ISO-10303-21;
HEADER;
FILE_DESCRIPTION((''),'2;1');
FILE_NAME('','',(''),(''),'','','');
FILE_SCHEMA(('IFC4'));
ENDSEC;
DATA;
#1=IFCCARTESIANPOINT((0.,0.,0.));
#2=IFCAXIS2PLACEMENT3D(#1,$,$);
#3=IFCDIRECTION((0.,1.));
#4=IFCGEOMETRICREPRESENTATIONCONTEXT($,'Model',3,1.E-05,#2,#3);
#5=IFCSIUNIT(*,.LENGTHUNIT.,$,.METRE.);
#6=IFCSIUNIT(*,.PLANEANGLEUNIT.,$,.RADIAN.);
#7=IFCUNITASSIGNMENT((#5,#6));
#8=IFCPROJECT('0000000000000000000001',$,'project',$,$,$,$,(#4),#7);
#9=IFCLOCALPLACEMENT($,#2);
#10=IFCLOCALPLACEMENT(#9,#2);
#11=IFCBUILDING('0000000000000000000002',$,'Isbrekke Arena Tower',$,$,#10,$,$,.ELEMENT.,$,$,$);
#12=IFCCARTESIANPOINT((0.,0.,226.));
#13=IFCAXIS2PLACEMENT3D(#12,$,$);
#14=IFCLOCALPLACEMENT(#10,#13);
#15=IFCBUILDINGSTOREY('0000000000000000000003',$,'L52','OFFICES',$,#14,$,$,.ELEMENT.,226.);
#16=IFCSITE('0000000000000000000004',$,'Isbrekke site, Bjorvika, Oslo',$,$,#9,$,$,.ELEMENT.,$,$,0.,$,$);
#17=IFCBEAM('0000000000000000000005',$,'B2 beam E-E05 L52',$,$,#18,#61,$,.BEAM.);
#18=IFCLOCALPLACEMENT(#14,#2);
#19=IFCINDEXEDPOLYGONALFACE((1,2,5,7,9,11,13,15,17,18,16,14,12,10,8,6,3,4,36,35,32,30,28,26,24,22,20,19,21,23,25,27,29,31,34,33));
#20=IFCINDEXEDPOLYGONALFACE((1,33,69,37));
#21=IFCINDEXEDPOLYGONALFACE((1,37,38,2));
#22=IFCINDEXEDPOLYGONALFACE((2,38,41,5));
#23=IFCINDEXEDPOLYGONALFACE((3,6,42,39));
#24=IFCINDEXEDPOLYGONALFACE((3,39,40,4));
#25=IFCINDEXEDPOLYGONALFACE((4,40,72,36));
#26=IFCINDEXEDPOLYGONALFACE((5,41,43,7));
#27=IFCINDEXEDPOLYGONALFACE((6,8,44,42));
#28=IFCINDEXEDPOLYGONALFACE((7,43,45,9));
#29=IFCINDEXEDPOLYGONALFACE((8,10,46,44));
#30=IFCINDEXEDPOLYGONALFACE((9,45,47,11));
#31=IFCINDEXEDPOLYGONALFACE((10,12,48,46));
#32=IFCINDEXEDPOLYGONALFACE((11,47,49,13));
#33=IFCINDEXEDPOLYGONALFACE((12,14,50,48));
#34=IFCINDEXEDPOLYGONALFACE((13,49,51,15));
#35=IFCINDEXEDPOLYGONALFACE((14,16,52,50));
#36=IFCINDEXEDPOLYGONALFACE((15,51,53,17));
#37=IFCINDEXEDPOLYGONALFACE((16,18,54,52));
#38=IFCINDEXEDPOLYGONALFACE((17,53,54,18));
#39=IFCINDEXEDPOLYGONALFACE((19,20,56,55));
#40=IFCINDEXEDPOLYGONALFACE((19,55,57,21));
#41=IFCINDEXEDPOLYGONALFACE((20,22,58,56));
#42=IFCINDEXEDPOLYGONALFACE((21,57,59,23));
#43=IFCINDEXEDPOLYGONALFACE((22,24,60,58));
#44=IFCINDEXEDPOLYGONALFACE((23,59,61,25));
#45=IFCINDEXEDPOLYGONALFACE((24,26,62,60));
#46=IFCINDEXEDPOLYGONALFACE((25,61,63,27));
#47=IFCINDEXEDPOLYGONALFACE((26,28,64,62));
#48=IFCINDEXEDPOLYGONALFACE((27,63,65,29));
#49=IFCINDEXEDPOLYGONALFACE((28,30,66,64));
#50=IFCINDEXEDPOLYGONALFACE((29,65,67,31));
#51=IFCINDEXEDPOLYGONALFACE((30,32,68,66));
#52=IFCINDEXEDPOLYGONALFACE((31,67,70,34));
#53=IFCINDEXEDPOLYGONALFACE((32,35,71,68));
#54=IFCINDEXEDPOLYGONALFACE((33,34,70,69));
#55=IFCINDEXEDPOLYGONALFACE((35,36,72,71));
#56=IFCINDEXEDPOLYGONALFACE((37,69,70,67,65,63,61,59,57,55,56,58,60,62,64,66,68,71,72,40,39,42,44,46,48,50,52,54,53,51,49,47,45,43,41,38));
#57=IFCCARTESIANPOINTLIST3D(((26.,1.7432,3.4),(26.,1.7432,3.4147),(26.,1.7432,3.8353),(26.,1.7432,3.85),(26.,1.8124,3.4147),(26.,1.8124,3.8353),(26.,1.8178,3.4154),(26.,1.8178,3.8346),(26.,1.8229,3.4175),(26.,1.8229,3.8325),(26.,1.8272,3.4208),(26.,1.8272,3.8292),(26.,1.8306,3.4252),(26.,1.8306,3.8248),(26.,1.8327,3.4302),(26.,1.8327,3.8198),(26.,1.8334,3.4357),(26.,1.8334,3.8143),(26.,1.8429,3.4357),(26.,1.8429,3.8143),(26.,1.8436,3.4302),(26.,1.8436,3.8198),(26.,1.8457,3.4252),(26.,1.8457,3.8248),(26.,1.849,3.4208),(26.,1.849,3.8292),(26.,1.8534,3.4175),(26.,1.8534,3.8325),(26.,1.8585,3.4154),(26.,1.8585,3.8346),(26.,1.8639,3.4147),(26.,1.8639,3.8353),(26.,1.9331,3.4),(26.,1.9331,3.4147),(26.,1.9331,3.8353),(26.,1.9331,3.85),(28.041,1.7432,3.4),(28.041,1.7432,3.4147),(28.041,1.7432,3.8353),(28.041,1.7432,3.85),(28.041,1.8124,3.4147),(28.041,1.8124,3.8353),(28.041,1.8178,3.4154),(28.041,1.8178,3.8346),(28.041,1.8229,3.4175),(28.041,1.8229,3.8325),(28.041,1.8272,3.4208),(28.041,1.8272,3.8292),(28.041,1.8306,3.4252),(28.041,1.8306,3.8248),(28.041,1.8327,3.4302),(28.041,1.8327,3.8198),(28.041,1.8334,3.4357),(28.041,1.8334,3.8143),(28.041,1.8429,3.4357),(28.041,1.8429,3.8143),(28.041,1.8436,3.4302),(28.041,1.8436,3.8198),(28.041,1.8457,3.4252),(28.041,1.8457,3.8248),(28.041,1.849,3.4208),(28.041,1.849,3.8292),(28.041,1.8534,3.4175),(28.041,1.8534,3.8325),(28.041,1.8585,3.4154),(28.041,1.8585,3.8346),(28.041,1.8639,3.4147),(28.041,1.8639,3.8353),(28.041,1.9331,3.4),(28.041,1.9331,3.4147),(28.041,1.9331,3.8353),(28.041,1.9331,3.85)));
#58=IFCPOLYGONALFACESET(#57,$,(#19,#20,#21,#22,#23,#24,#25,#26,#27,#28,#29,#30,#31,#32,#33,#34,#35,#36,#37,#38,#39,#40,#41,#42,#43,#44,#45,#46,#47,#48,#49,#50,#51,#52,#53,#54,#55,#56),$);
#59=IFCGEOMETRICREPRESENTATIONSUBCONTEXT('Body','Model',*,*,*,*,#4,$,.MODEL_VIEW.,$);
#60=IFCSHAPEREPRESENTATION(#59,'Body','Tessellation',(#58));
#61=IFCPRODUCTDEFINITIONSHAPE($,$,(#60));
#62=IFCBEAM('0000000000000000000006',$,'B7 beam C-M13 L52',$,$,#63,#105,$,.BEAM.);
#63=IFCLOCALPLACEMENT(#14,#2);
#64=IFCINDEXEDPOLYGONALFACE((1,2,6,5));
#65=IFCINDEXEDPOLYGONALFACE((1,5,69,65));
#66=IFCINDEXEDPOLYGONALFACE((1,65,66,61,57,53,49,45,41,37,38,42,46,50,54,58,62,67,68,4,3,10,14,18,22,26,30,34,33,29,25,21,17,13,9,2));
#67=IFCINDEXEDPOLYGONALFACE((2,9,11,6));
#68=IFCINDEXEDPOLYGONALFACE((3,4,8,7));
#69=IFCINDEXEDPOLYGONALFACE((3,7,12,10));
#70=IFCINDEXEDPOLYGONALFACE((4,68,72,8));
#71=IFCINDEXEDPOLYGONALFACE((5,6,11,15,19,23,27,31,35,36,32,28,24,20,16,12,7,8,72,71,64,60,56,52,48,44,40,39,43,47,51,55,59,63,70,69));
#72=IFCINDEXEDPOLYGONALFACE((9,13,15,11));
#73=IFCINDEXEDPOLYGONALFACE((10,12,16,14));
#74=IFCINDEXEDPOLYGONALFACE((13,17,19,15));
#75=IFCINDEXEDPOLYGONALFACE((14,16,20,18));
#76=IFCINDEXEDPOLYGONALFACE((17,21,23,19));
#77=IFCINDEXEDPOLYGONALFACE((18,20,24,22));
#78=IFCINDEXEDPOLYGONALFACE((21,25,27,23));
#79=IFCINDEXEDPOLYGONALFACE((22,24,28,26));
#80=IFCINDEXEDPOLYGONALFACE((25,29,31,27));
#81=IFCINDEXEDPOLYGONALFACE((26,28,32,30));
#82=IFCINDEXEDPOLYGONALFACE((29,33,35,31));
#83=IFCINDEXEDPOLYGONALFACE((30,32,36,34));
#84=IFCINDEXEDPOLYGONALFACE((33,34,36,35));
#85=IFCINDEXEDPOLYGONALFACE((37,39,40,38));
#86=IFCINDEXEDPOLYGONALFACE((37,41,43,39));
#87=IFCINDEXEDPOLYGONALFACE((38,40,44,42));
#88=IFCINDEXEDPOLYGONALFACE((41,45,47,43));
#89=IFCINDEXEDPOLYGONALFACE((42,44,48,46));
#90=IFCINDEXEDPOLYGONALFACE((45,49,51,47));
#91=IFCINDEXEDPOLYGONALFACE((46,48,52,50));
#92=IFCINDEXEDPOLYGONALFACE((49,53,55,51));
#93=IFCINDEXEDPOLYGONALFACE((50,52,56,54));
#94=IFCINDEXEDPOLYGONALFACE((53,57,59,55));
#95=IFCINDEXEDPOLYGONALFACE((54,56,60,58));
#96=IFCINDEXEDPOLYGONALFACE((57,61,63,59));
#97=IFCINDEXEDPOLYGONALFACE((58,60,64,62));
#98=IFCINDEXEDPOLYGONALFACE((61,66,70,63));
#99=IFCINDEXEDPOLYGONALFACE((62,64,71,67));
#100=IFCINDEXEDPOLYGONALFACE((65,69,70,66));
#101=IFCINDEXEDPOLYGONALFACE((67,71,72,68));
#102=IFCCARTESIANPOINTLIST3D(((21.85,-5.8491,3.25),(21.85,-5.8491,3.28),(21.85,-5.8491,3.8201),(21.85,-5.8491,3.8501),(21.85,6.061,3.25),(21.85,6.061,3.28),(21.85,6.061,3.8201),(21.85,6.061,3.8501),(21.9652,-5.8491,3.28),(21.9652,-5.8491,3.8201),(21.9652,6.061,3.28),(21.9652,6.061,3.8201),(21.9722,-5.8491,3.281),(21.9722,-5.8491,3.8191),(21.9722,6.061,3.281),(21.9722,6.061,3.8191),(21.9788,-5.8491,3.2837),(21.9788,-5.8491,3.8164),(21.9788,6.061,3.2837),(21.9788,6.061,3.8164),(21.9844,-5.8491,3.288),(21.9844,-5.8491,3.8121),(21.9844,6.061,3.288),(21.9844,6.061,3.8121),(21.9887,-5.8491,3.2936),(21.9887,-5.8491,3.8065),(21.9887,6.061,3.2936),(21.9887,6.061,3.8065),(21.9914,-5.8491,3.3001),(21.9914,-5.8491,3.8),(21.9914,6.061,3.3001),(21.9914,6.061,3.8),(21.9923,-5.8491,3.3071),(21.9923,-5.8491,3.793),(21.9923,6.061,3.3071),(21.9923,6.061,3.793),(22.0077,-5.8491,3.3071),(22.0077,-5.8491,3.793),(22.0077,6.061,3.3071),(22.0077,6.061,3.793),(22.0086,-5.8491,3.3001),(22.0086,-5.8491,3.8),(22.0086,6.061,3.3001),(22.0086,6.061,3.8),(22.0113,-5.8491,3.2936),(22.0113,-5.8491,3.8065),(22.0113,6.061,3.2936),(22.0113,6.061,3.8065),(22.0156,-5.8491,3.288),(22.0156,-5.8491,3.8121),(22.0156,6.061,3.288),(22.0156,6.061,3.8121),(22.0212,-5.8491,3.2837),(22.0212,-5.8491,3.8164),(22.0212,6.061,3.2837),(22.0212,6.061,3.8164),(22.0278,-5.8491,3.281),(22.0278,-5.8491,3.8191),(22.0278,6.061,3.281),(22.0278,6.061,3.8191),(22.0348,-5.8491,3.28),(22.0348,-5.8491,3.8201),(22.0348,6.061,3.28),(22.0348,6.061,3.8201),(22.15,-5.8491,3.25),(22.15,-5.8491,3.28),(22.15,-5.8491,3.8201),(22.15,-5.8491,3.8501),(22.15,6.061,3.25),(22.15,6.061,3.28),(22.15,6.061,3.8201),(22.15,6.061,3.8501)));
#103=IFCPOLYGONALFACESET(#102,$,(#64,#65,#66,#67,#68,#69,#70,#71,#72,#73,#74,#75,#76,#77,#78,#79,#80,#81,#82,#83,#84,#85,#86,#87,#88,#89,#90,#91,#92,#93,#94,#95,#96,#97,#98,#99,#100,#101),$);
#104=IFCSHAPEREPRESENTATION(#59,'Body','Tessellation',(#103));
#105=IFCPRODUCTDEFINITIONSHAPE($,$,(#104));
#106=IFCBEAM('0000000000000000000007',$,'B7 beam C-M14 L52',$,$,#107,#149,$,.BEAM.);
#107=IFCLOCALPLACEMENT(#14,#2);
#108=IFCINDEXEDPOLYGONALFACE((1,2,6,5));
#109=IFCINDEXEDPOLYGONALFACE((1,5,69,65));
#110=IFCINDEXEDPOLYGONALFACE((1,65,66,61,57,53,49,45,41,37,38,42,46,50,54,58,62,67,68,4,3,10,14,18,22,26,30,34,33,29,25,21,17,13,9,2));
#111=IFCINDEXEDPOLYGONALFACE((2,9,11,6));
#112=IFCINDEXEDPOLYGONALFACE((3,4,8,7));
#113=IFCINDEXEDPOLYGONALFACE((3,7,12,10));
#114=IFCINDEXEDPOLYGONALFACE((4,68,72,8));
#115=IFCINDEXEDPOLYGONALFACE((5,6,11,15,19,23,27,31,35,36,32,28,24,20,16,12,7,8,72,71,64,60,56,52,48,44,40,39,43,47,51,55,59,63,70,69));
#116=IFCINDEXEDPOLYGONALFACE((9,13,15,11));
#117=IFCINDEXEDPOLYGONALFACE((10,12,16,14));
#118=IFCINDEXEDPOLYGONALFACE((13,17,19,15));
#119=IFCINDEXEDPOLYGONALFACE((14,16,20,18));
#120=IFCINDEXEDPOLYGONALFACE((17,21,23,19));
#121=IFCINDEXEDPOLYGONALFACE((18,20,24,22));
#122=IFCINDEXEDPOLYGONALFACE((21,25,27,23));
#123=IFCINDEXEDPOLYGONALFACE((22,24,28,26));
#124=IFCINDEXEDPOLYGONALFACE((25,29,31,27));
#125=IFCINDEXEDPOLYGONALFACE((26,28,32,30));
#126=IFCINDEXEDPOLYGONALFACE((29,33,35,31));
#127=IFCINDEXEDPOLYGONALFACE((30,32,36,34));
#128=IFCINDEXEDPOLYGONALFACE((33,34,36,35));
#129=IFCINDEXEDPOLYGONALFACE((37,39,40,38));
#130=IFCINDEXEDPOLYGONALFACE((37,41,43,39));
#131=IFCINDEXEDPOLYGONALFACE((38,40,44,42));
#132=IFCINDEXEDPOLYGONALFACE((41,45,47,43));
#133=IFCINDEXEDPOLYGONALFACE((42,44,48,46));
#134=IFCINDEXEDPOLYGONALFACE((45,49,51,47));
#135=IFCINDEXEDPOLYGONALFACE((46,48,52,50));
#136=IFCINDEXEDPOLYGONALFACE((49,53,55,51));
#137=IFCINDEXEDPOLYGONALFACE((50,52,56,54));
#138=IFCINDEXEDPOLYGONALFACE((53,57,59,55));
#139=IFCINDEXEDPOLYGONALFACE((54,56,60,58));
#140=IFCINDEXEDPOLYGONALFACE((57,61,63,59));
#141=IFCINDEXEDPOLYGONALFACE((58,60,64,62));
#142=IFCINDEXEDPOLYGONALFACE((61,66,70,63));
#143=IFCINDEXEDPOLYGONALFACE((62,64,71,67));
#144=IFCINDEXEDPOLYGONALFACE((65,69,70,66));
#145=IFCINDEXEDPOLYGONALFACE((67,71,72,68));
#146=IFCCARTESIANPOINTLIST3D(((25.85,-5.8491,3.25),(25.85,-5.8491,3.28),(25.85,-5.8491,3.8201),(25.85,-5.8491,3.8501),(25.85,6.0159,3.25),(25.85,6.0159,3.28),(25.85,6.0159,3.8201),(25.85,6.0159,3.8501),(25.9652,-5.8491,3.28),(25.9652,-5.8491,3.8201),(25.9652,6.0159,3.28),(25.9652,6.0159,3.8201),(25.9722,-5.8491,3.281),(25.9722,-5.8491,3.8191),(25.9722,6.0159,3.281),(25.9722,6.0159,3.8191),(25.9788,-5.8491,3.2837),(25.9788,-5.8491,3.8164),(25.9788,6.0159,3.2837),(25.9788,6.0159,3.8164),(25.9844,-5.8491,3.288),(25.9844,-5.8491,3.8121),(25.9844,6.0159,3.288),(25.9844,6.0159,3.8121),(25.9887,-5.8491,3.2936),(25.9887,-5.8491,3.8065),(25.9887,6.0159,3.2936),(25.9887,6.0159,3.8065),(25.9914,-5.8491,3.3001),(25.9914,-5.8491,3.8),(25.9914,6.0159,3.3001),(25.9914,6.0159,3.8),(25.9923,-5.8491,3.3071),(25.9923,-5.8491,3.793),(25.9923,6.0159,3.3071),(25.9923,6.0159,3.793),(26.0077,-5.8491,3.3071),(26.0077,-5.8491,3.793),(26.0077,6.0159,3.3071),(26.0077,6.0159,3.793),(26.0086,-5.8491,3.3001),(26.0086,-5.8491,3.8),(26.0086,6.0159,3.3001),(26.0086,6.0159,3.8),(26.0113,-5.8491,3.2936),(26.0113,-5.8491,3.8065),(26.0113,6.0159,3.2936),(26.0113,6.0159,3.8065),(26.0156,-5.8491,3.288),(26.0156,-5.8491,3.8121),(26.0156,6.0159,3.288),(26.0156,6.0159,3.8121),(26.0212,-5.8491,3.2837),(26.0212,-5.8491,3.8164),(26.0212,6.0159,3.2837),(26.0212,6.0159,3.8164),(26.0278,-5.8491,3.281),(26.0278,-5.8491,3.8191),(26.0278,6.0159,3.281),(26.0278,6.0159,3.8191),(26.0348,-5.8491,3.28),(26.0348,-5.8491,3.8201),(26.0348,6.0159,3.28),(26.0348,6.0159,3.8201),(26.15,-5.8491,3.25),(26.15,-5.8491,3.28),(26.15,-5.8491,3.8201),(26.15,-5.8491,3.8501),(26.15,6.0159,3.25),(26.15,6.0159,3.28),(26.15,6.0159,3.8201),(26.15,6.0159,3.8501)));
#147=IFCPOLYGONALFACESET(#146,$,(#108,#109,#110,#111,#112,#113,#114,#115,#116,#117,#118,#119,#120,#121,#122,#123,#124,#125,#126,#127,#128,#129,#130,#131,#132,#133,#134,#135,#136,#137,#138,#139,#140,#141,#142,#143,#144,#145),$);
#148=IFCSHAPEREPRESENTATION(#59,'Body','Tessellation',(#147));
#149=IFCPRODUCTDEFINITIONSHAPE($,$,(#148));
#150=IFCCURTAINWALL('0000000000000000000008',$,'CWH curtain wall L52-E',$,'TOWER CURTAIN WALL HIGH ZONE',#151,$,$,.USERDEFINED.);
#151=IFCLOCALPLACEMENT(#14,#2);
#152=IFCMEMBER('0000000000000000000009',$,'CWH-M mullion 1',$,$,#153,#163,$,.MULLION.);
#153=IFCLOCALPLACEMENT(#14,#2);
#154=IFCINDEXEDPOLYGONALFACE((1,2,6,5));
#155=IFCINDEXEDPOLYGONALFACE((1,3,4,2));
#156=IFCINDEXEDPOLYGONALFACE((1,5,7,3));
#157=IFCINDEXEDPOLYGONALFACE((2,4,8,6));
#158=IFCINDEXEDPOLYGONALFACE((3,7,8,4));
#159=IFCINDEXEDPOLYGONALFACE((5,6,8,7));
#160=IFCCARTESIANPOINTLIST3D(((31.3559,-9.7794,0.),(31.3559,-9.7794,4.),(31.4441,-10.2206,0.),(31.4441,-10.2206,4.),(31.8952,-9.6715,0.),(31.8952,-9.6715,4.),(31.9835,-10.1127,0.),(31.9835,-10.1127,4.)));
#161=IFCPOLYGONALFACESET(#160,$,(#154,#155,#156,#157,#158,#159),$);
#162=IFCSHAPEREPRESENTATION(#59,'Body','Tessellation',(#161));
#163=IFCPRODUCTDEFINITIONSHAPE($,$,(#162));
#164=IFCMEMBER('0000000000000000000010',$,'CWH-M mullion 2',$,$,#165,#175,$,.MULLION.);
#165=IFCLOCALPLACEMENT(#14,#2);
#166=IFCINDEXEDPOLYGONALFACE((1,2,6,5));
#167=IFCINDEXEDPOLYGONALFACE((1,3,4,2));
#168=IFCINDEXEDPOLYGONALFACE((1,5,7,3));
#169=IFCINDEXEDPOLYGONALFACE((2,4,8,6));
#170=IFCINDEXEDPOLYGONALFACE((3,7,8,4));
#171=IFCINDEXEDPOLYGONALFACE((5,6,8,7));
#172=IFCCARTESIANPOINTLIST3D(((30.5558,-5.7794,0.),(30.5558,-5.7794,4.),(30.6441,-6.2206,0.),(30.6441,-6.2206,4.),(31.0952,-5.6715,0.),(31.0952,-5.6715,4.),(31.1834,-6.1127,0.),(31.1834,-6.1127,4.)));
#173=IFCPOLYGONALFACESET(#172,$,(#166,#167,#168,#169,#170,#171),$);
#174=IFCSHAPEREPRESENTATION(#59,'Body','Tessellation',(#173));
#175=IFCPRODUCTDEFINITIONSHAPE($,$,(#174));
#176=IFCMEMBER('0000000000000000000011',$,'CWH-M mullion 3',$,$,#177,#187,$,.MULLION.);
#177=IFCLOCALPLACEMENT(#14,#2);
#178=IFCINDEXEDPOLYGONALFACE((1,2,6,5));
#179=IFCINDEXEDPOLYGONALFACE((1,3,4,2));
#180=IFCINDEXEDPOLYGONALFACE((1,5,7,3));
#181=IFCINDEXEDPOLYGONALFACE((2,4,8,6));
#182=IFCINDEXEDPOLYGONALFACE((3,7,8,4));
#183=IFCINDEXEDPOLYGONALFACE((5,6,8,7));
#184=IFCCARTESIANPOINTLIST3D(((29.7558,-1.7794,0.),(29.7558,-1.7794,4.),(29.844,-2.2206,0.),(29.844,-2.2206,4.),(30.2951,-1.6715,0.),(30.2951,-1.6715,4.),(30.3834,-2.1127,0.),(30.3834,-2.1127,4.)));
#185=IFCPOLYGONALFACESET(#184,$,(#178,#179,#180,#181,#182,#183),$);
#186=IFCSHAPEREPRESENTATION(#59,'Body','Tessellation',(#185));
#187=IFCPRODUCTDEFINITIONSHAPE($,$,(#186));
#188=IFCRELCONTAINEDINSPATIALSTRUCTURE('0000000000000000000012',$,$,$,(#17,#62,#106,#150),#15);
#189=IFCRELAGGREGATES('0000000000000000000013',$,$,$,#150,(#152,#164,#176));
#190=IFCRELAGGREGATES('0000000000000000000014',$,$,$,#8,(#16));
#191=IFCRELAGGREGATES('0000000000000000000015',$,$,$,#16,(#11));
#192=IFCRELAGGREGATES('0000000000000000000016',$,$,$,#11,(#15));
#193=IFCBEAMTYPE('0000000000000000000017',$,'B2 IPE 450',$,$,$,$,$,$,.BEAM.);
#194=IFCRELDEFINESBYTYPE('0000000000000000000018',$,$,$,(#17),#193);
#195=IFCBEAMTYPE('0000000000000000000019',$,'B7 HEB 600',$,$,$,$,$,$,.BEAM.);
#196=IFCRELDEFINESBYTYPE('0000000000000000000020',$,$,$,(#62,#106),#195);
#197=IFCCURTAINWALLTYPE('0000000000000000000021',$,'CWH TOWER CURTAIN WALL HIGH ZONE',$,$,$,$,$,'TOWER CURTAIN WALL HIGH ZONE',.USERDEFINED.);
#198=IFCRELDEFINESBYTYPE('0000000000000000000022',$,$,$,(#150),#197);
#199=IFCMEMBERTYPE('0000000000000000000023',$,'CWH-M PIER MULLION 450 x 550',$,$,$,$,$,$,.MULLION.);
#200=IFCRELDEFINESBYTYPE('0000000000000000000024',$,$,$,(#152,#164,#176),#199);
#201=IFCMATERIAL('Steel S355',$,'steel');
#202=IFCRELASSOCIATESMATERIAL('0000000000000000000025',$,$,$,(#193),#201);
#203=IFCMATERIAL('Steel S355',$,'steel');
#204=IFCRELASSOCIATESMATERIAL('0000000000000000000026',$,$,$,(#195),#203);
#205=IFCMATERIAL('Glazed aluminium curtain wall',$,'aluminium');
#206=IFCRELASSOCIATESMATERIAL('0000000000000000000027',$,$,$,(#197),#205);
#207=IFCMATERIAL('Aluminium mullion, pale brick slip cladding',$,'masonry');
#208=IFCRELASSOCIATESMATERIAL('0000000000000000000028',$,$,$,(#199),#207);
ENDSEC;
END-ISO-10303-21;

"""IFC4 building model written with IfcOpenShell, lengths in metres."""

from ifc_helpers import new_model, si_unit, direction, frame, origin, origin_2d, place, context, subcontext, project, spatial, rectangle, i_section, extrude, material, material_profile, profile_set, type_object, element, aggregate, save


model = new_model("IFC4")

# Units and contexts
model_context = context("Model", 3, precision=1e-05, world=origin(), true_north=direction((0.0, 1.0)))
body_context = subcontext(model_context, "Body", "Model", "MODEL_VIEW")
ifc_project = project(units=[si_unit("LENGTHUNIT", "METRE"), si_unit("PLANEANGLEUNIT", "RADIAN")], contexts=[model_context])

# Site, building, storey
site_placement = place(None, origin())
site = spatial("IfcSite", under=ifc_project, at=site_placement, Name="Isbrekke site, Bjorvika, Oslo", CompositionType="ELEMENT", RefElevation=0.0)
building_placement = place(site_placement, origin())
building = spatial("IfcBuilding", under=site, at=building_placement, Name="Isbrekke Arena Tower", CompositionType="ELEMENT")
storey_placement = place(building_placement, frame((0.0, 0.0, 226.0)))
storey = spatial("IfcBuildingStorey", under=building, at=storey_placement, Name="L52", Description="OFFICES", CompositionType="ELEMENT", Elevation=226.0)

# Beams
ifc_material_1 = material(Name="Steel S355", Category="steel")
ifc_material_profile_1 = material_profile(ifc_material_1, i_section(OverallWidth=0.1899, OverallDepth=0.45, WebThickness=0.0095, FlangeThickness=0.0146, FilletRadius=0.021, at=origin_2d()), Name="IPE 450")
ifc_profile_set_1 = profile_set([ifc_material_profile_1], Name="Steel S355")
beam_type_1 = type_object("IfcBeamType", Name="B2 IPE 450", PredefinedType="BEAM", material=ifc_profile_set_1)
beam_1_placement = place(storey_placement, frame((28.041, 1.8381, 3.625), z_axis=(-1.0, 0.0, 0.0), x_axis=(0.0, -1.0, 0.0)))
element("IfcBeam", 1, at=beam_1_placement, inside=storey, type_object=beam_type_1, Name="B2 beam E-E05 L52", PredefinedType="BEAM", context=body_context, shape_type="SweptSolid", body=[
    extrude(i_section(OverallWidth=0.1899, OverallDepth=0.45, WebThickness=0.0095, FlangeThickness=0.0146, FilletRadius=0.021, at=origin_2d()), origin(), (0.0, 0.0, 1.0), 2.041),
])
ifc_material_2 = material(Name="Steel S355", Category="steel")
ifc_material_profile_2 = material_profile(ifc_material_2, i_section(OverallWidth=0.3, OverallDepth=0.6001, WebThickness=0.0154, FlangeThickness=0.03, FilletRadius=0.0271, at=origin_2d()), Name="HEB 600")
ifc_profile_set_2 = profile_set([ifc_material_profile_2], Name="Steel S355")
beam_type_2 = type_object("IfcBeamType", Name="B7 HEB 600", PredefinedType="BEAM", material=ifc_profile_set_2)
beam_2_placement = place(storey_placement, frame((22.0, -5.8491, 3.55), z_axis=(0.0, 1.0, 0.0), x_axis=(-1.0, 0.0, 0.0)))
element("IfcBeam", 2, at=beam_2_placement, inside=storey, type_object=beam_type_2, Name="B7 beam C-M13 L52", PredefinedType="BEAM", context=body_context, shape_type="SweptSolid", body=[
    extrude(i_section(OverallWidth=0.3, OverallDepth=0.6001, WebThickness=0.0154, FlangeThickness=0.03, FilletRadius=0.0271, at=origin_2d()), origin(), (0.0, 0.0, 1.0), 11.9102),
])
beam_3_placement = place(storey_placement, frame((26.0, -5.8491, 3.55), z_axis=(0.0, 1.0, 0.0), x_axis=(-1.0, 0.0, 0.0)))
element("IfcBeam", 3, at=beam_3_placement, inside=storey, type_object=beam_type_2, Name="B7 beam C-M14 L52", PredefinedType="BEAM", context=body_context, shape_type="SweptSolid", body=[
    extrude(i_section(OverallWidth=0.3, OverallDepth=0.6001, WebThickness=0.0154, FlangeThickness=0.03, FilletRadius=0.0271, at=origin_2d()), origin(), (0.0, 0.0, 1.0), 11.865),
])

# Curtain wall, members
ifc_material_3 = material(Name="Glazed aluminium curtain wall", Category="aluminium")
curtain_wall_type = type_object("IfcCurtainWallType", Name="CWH TOWER CURTAIN WALL HIGH ZONE", ElementType="TOWER CURTAIN WALL HIGH ZONE", PredefinedType="USERDEFINED", material=ifc_material_3)
curtain_wall_placement = place(storey_placement, origin())
curtain_wall = element("IfcCurtainWall", 4, at=curtain_wall_placement, inside=storey, type_object=curtain_wall_type, Name="CWH curtain wall L52-E", ObjectType="TOWER CURTAIN WALL HIGH ZONE", PredefinedType="USERDEFINED")
ifc_material_4 = material(Name="Aluminium mullion, pale brick slip cladding", Category="masonry")
ifc_material_profile_3 = material_profile(ifc_material_4, rectangle(XDim=0.45, YDim=0.55, at=origin_2d()), Name="PIER 450X550")
ifc_profile_set_3 = profile_set([ifc_material_profile_3], Name="Aluminium mullion, pale brick slip cladding")
member_type_1 = type_object("IfcMemberType", Name="CWH-M PIER MULLION 450 x 550", PredefinedType="MULLION", material=ifc_profile_set_3)
member_1_placement = place(storey_placement, frame((31.6697, -9.946, 0.0), z_axis=(0.0, 0.0, 1.0), x_axis=(-0.196116, 0.980581, 0.0)))
member_1 = element("IfcMember", 5, at=member_1_placement, type_object=member_type_1, Name="CWH-M mullion 1", PredefinedType="MULLION", context=body_context, shape_type="SweptSolid", body=[
    extrude(rectangle(XDim=0.45, YDim=0.55, at=origin_2d()), origin(), (0.0, 0.0, 1.0), 4.0),
])
member_2_placement = place(storey_placement, frame((30.8696, -5.946, 0.0), z_axis=(0.0, 0.0, 1.0), x_axis=(-0.196116, 0.980581, 0.0)))
member_2 = element("IfcMember", 6, at=member_2_placement, type_object=member_type_1, Name="CWH-M mullion 2", PredefinedType="MULLION", context=body_context, shape_type="SweptSolid", body=[
    extrude(rectangle(XDim=0.45, YDim=0.55, at=origin_2d()), origin(), (0.0, 0.0, 1.0), 4.0),
])
member_3_placement = place(storey_placement, frame((30.0696, -1.946, 0.0), z_axis=(0.0, 0.0, 1.0), x_axis=(-0.196116, 0.980581, 0.0)))
member_3 = element("IfcMember", 7, at=member_3_placement, type_object=member_type_1, Name="CWH-M mullion 3", PredefinedType="MULLION", context=body_context, shape_type="SweptSolid", body=[
    extrude(rectangle(XDim=0.45, YDim=0.55, at=origin_2d()), origin(), (0.0, 0.0, 1.0), 4.0),
])

aggregate(curtain_wall, [member_1, member_2, member_3])

save(model, "model.ifc")
